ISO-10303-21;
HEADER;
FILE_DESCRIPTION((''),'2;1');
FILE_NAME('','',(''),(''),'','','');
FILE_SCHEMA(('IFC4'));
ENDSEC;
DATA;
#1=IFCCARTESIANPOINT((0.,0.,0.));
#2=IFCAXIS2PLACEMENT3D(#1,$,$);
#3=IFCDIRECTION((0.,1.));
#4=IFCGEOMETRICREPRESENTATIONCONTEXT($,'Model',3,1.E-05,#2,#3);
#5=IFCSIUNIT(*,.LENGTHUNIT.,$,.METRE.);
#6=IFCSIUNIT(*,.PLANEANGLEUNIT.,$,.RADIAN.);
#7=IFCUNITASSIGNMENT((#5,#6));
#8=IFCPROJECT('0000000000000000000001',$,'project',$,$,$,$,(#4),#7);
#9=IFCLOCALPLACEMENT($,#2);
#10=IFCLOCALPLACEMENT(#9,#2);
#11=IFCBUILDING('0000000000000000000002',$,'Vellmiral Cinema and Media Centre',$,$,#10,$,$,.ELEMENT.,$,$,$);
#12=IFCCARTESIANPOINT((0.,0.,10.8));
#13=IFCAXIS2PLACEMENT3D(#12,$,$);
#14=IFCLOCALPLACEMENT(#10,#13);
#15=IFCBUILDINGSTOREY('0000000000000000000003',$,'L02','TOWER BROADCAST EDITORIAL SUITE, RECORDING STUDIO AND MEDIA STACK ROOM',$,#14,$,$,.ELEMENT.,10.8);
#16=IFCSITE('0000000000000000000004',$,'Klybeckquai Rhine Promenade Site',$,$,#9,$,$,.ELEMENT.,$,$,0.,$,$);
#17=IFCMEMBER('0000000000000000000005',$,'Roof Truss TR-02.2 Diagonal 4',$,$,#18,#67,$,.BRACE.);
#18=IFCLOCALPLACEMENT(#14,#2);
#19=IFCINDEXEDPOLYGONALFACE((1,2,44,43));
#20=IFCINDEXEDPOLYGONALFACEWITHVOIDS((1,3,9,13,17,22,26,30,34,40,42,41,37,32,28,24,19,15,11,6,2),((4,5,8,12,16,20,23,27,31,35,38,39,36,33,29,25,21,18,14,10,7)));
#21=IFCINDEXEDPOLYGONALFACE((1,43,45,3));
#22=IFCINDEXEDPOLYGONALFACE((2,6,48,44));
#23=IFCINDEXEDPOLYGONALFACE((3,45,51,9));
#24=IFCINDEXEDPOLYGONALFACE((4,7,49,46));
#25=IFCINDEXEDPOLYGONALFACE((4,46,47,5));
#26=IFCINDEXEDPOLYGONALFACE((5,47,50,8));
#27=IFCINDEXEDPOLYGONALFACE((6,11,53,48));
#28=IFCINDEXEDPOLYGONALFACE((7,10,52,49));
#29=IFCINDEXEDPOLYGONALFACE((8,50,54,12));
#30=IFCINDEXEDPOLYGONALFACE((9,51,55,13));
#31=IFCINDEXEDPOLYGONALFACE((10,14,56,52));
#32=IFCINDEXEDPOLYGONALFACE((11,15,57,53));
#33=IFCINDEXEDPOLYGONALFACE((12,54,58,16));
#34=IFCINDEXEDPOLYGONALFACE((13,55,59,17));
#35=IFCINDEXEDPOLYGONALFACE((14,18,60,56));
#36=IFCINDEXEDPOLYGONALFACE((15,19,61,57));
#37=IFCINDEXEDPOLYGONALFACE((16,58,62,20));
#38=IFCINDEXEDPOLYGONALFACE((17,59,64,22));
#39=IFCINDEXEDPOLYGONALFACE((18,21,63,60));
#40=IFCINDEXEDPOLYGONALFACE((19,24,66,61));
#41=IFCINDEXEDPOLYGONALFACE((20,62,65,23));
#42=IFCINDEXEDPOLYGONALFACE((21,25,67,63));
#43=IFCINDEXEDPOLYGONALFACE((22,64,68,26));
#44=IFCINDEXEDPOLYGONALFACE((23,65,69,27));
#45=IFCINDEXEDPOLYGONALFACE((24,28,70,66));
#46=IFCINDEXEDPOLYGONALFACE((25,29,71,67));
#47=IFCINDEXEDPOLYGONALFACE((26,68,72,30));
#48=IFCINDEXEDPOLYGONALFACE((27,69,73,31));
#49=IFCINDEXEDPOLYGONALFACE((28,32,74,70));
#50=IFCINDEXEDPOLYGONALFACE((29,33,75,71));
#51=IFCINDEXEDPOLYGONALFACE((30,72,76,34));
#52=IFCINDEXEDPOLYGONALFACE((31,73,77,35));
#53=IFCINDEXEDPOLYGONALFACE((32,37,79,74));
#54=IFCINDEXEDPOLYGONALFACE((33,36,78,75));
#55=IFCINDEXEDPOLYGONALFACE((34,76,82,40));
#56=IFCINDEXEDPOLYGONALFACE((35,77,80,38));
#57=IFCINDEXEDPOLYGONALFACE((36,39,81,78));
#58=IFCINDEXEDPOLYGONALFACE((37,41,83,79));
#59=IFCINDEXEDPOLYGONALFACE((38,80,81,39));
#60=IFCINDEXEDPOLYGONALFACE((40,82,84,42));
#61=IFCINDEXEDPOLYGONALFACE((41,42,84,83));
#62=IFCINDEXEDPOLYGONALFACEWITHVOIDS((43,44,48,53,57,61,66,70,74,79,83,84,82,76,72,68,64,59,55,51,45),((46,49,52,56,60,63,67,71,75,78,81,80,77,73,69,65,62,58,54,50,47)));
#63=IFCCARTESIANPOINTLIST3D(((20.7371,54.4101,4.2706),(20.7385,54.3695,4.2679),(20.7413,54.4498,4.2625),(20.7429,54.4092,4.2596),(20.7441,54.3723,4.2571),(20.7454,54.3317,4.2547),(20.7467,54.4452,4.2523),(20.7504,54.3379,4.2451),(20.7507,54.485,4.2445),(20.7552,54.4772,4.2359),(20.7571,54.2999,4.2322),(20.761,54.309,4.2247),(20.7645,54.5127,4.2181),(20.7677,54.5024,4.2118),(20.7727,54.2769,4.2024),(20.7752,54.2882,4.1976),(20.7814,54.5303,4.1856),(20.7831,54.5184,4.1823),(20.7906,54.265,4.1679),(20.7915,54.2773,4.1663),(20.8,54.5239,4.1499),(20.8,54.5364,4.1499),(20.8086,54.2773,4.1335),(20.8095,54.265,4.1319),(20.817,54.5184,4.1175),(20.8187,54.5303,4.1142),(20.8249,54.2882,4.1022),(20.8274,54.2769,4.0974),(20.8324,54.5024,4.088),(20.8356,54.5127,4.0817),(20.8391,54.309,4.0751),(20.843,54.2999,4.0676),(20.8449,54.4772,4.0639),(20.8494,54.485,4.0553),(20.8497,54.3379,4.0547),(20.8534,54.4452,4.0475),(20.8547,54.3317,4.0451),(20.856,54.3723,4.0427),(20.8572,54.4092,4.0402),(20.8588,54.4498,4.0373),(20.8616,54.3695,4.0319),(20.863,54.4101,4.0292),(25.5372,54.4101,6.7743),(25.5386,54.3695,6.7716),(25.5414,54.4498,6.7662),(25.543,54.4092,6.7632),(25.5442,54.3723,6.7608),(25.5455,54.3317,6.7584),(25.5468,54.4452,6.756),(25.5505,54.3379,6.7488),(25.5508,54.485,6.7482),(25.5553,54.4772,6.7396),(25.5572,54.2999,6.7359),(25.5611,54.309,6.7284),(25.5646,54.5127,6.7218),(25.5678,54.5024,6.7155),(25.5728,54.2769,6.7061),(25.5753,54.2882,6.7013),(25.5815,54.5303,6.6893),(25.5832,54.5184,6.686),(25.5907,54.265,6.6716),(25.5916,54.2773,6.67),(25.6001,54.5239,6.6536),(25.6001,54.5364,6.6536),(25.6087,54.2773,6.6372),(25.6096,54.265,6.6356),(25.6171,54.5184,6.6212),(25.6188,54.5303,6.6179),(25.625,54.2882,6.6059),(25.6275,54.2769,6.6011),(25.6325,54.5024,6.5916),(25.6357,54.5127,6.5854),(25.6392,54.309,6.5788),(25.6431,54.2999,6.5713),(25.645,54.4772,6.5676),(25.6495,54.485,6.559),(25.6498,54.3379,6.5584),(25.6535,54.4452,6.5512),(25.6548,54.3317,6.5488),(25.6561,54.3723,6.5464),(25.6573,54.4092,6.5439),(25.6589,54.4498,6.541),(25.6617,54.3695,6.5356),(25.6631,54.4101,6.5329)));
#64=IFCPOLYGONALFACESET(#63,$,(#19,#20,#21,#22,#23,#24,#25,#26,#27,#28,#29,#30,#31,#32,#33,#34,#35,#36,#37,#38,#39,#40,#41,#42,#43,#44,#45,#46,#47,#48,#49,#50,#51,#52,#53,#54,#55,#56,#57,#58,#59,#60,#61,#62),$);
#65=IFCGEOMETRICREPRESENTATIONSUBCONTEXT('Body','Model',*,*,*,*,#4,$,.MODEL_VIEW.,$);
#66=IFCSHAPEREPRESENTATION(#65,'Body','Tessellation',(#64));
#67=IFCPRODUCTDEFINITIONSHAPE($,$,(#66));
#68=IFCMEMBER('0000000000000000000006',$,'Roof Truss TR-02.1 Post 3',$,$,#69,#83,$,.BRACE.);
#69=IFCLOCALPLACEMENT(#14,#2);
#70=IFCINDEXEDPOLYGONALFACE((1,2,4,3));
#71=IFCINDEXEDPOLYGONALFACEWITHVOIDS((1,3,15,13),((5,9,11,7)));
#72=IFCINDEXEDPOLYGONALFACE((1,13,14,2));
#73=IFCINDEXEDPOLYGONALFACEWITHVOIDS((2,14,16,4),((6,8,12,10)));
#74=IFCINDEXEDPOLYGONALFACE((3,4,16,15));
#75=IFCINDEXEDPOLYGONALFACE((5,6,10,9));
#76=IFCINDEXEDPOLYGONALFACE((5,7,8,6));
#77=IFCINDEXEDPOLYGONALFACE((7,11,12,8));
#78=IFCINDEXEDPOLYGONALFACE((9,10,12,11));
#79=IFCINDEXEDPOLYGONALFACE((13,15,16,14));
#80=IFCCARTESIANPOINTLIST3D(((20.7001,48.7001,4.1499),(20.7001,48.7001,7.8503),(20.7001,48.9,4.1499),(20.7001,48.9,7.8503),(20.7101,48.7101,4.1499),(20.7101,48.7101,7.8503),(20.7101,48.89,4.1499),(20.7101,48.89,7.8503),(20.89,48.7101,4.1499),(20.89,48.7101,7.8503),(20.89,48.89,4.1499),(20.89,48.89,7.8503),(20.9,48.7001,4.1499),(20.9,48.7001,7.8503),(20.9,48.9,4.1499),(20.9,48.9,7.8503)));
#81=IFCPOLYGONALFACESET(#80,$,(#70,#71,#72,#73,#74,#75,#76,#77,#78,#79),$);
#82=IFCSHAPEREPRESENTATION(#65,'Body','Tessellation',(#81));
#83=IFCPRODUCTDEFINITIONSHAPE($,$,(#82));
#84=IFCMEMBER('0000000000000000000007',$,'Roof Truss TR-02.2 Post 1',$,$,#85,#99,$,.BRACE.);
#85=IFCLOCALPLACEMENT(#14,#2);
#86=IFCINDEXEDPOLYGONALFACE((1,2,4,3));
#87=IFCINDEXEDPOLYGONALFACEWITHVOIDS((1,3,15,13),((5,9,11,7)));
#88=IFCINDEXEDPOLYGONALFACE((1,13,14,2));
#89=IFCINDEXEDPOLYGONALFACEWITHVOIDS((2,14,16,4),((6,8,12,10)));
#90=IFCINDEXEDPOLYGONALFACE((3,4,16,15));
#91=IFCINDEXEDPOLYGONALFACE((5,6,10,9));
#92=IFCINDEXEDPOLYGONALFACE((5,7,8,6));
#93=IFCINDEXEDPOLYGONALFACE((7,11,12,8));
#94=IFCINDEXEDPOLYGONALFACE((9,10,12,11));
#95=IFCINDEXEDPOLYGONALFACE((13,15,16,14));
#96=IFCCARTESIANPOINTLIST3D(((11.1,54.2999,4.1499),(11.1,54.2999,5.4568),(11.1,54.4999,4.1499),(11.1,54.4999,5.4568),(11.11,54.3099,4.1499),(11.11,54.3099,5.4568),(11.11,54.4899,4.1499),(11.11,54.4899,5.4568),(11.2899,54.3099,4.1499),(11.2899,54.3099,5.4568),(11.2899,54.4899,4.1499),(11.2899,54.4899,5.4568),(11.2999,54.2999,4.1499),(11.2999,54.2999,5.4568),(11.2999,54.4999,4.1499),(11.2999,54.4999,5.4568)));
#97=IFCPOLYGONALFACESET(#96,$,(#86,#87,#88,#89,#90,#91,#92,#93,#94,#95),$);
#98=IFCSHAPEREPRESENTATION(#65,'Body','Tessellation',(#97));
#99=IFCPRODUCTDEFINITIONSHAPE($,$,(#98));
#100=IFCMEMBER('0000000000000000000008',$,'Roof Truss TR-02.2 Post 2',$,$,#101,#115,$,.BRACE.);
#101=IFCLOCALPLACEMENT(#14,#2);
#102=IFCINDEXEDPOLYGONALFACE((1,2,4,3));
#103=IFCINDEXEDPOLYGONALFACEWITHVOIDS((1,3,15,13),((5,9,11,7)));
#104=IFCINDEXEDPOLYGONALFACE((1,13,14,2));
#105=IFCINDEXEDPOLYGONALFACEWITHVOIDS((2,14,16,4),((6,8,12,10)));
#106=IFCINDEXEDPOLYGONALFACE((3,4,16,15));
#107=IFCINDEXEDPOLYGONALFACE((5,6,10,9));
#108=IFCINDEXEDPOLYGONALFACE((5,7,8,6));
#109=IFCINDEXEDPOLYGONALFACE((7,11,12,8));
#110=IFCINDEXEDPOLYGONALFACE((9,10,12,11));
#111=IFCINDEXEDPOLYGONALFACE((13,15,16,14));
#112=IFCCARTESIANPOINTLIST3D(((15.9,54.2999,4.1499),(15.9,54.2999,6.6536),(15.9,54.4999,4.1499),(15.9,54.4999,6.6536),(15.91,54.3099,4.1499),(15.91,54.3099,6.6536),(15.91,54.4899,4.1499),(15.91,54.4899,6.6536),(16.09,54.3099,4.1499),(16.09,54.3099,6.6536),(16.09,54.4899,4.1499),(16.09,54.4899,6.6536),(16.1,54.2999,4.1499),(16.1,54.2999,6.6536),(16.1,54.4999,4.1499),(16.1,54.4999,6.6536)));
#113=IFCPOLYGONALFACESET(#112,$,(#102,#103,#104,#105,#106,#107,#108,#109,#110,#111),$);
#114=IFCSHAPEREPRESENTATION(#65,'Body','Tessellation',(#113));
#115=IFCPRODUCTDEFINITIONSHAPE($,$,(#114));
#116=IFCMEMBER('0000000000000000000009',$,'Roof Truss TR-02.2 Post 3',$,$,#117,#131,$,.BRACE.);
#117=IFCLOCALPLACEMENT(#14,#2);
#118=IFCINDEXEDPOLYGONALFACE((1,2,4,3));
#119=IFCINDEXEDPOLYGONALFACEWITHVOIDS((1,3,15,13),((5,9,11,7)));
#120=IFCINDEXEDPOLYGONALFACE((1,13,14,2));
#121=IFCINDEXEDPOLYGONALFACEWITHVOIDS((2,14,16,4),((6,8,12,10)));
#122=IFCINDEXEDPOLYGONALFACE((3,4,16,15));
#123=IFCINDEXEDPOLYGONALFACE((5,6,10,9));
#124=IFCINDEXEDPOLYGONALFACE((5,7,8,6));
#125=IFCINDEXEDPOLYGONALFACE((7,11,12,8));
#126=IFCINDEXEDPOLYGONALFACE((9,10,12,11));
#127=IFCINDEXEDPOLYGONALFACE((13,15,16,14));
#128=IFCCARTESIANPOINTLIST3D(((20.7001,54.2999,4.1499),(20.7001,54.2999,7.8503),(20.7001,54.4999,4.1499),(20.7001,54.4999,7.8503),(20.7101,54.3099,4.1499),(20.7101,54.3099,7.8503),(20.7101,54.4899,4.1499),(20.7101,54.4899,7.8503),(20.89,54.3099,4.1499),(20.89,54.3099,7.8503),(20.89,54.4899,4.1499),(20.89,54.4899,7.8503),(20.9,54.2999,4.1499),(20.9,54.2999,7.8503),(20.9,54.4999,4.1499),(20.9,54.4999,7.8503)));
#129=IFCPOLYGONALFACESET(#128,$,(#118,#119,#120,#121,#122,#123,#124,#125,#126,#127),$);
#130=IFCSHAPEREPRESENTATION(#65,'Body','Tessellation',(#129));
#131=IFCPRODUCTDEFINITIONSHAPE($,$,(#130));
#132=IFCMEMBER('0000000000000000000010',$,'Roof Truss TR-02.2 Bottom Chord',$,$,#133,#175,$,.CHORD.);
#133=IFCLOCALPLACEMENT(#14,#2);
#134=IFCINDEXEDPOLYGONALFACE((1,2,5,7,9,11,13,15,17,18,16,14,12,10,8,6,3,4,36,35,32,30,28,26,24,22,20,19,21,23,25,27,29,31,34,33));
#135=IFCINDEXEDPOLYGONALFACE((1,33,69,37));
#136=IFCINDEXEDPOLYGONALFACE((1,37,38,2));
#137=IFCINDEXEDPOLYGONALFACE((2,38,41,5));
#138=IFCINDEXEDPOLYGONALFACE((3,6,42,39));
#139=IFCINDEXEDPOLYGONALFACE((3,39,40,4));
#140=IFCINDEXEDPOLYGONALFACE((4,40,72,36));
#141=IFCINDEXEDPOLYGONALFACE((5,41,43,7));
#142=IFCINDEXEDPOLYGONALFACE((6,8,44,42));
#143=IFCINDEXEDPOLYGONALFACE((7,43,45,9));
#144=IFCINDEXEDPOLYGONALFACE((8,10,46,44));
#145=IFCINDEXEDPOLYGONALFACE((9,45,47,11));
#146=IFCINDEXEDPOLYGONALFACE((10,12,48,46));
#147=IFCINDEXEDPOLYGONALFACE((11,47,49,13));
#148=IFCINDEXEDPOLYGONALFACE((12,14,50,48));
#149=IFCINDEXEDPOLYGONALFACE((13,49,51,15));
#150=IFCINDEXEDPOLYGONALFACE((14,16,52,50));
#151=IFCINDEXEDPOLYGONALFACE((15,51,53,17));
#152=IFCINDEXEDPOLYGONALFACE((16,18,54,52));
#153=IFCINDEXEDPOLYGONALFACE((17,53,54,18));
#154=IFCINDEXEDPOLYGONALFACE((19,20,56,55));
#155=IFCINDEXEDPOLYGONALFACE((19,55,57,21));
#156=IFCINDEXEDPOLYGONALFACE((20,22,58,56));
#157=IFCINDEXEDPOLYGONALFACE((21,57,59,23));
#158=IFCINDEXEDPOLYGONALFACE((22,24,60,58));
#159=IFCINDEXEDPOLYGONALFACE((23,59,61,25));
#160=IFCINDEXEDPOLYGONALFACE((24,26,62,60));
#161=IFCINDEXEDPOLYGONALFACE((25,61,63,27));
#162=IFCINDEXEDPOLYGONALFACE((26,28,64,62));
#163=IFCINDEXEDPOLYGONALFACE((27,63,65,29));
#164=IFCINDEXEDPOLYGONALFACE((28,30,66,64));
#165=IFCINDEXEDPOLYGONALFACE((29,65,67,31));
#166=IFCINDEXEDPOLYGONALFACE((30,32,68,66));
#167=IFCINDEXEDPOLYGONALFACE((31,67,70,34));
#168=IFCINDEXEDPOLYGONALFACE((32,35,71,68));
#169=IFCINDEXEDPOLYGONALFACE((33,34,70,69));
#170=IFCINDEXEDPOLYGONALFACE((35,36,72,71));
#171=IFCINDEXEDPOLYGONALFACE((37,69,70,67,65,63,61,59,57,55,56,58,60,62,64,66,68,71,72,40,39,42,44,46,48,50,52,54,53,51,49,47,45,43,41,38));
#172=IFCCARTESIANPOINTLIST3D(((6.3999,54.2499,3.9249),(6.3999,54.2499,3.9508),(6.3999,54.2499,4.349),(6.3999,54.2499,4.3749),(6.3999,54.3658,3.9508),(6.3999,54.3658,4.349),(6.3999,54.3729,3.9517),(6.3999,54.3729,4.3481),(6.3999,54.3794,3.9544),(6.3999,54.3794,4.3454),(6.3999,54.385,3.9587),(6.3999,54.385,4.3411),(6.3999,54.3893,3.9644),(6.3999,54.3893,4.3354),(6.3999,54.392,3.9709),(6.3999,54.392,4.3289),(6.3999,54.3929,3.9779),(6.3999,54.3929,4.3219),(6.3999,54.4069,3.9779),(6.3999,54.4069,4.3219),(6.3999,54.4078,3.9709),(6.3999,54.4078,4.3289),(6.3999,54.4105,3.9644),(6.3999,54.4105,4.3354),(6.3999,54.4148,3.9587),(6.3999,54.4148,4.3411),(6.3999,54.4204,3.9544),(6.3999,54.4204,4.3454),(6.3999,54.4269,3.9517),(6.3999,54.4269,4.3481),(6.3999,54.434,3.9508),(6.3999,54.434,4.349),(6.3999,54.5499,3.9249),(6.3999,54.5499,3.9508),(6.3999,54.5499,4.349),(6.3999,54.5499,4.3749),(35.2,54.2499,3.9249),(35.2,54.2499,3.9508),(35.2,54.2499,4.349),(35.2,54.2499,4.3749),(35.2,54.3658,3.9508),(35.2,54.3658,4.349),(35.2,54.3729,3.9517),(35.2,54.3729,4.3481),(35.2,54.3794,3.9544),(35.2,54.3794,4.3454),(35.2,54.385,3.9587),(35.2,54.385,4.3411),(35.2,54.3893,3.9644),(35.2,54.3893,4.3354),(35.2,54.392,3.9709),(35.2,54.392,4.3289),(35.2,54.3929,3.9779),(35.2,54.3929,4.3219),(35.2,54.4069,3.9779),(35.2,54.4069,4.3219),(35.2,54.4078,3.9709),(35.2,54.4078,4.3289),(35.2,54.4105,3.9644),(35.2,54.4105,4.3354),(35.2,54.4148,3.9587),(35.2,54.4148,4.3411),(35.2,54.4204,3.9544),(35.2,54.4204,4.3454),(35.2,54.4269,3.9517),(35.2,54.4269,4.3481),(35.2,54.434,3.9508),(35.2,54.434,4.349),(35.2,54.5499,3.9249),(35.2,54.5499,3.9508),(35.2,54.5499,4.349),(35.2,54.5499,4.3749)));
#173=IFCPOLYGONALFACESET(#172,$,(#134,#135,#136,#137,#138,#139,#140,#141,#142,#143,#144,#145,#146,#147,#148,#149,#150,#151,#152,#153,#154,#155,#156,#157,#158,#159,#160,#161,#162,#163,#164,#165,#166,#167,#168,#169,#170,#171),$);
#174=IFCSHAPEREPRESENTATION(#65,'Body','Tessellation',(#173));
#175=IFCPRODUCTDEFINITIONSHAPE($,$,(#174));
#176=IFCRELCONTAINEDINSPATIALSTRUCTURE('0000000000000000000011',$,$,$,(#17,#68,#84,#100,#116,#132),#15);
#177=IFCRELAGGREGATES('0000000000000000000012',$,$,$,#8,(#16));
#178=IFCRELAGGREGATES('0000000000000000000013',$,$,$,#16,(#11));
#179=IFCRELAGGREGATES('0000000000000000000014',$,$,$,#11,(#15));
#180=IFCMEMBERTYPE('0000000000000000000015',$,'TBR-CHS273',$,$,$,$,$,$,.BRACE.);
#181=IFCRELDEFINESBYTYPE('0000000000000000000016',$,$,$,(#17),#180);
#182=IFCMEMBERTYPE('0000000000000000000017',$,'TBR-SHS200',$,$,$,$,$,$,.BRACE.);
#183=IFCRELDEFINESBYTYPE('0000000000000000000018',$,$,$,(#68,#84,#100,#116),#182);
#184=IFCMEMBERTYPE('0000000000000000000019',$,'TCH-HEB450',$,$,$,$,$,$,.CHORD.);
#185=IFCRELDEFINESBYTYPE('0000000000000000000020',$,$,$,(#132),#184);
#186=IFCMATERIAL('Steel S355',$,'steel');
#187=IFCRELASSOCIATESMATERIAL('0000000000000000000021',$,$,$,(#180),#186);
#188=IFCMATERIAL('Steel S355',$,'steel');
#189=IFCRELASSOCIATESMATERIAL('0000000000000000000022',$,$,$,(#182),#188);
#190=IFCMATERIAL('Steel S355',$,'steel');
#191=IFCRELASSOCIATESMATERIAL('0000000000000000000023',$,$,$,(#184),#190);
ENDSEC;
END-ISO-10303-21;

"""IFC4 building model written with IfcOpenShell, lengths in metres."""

from ifc_helpers import new_model, si_unit, direction, frame, origin, origin_2d, place, context, subcontext, project, spatial, hollow_rectangle, hollow_circle, i_section, extrude, material, material_profile, profile_set, type_object, element, save


model = new_model("IFC4")

# Units and contexts
model_context = context("Model", 3, precision=1e-05, world=origin(), true_north=direction((0.0, 1.0)))
body_context = subcontext(model_context, "Body", "Model", "MODEL_VIEW")
ifc_project = project(units=[si_unit("LENGTHUNIT", "METRE"), si_unit("PLANEANGLEUNIT", "RADIAN")], contexts=[model_context])

# Site, building, storey
site_placement = place(None, origin())
site = spatial("IfcSite", under=ifc_project, at=site_placement, Name="Klybeckquai Rhine Promenade Site", CompositionType="ELEMENT", RefElevation=0.0)
building_placement = place(site_placement, origin())
building = spatial("IfcBuilding", under=site, at=building_placement, Name="Vellmiral Cinema and Media Centre", CompositionType="ELEMENT")
storey_placement = place(building_placement, frame((0.0, 0.0, 10.8)))
storey = spatial("IfcBuildingStorey", under=building, at=storey_placement, Name="L02", Description="TOWER BROADCAST EDITORIAL SUITE, RECORDING STUDIO AND MEDIA STACK ROOM", CompositionType="ELEMENT", Elevation=10.8)

# Members
ifc_material_1 = material(Name="Steel S355", Category="steel")
ifc_material_profile_1 = material_profile(ifc_material_1, hollow_circle(Radius=0.1365, WallThickness=0.0125, at=origin_2d()), Name="CHS 273.0x12.5")
ifc_profile_set_1 = profile_set([ifc_material_profile_1], Name="Steel S355")
member_type_1 = type_object("IfcMemberType", Name="TBR-CHS273", PredefinedType="BRACE", material=ifc_profile_set_1)
for number, where, z_axis, x_axis, name in (
    (1, (20.8, 54.3999, 4.1499), (0.886639, 0.0, 0.462463), (0.0, 1.0, 0.0), "Roof Truss TR-02.2 Diagonal 4"),
):
    element("IfcMember", number, at=place(storey_placement, frame(where, z_axis=z_axis, x_axis=x_axis)), inside=storey, type_object=member_type_1, Name=name, PredefinedType="BRACE", context=body_context, shape_type="SweptSolid", body=[
        extrude(hollow_circle(Radius=0.1365, WallThickness=0.0125, at=origin_2d()), origin(), (0.0, 0.0, 1.0), 5.4138),
    ])
ifc_material_2 = material(Name="Steel S355", Category="steel")
ifc_material_profile_2 = material_profile(ifc_material_2, hollow_rectangle(XDim=0.2, YDim=0.2, WallThickness=0.01, at=origin_2d()), Name="SHS 200x200x10.0")
ifc_profile_set_2 = profile_set([ifc_material_profile_2], Name="Steel S355")
member_type_2 = type_object("IfcMemberType", Name="TBR-SHS200", PredefinedType="BRACE", material=ifc_profile_set_2)
member_1_placement = place(storey_placement, frame((20.8, 48.8, 4.1499), z_axis=(0.0, 0.0, 1.0), x_axis=(1.0, 0.0, 0.0)))
element("IfcMember", 2, at=member_1_placement, inside=storey, type_object=member_type_2, Name="Roof Truss TR-02.1 Post 3", PredefinedType="BRACE", context=body_context, shape_type="SweptSolid", body=[
    extrude(hollow_rectangle(XDim=0.2, YDim=0.2, WallThickness=0.01, at=origin_2d()), origin(), (0.0, 0.0, 1.0), 3.7004),
])
member_2_placement = place(storey_placement, frame((11.2, 54.3999, 4.1499), z_axis=(0.0, 0.0, 1.0), x_axis=(1.0, 0.0, 0.0)))
element("IfcMember", 3, at=member_2_placement, inside=storey, type_object=member_type_2, Name="Roof Truss TR-02.2 Post 1", PredefinedType="BRACE", context=body_context, shape_type="SweptSolid", body=[
    extrude(hollow_rectangle(XDim=0.2, YDim=0.2, WallThickness=0.01, at=origin_2d()), origin(), (0.0, 0.0, 1.0), 1.3069),
])
member_3_placement = place(storey_placement, frame((16.0, 54.3999, 4.1499), z_axis=(0.0, 0.0, 1.0), x_axis=(1.0, 0.0, 0.0)))
element("IfcMember", 4, at=member_3_placement, inside=storey, type_object=member_type_2, Name="Roof Truss TR-02.2 Post 2", PredefinedType="BRACE", context=body_context, shape_type="SweptSolid", body=[
    extrude(hollow_rectangle(XDim=0.2, YDim=0.2, WallThickness=0.01, at=origin_2d()), origin(), (0.0, 0.0, 1.0), 2.5037),
])
member_4_placement = place(storey_placement, frame((20.8, 54.3999, 4.1499), z_axis=(0.0, 0.0, 1.0), x_axis=(1.0, 0.0, 0.0)))
element("IfcMember", 5, at=member_4_placement, inside=storey, type_object=member_type_2, Name="Roof Truss TR-02.2 Post 3", PredefinedType="BRACE", context=body_context, shape_type="SweptSolid", body=[
    extrude(hollow_rectangle(XDim=0.2, YDim=0.2, WallThickness=0.01, at=origin_2d()), origin(), (0.0, 0.0, 1.0), 3.7004),
])
ifc_material_3 = material(Name="Steel S355", Category="steel")
ifc_material_profile_3 = material_profile(ifc_material_3, i_section(OverallWidth=0.3, OverallDepth=0.45, WebThickness=0.0139, FlangeThickness=0.0259, FilletRadius=0.0271, at=origin_2d()), Name="HEB 450")
ifc_profile_set_3 = profile_set([ifc_material_profile_3], Name="Steel S355")
member_type_3 = type_object("IfcMemberType", Name="TCH-HEB450", PredefinedType="CHORD", material=ifc_profile_set_3)
for number, where, z_axis, x_axis, name in (
    (6, (6.3999, 54.3999, 4.1499), (1.0, 0.0, 0.0), (0.0, 1.0, 0.0), "Roof Truss TR-02.2 Bottom Chord"),
):
    element("IfcMember", number, at=place(storey_placement, frame(where, z_axis=z_axis, x_axis=x_axis)), inside=storey, type_object=member_type_3, Name=name, PredefinedType="CHORD", context=body_context, shape_type="SweptSolid", body=[
        extrude(i_section(OverallWidth=0.3, OverallDepth=0.45, WebThickness=0.0139, FlangeThickness=0.0259, FilletRadius=0.0271, at=origin_2d()), origin(), (0.0, 0.0, 1.0), 28.8),
    ])

save(model, "model.ifc")
